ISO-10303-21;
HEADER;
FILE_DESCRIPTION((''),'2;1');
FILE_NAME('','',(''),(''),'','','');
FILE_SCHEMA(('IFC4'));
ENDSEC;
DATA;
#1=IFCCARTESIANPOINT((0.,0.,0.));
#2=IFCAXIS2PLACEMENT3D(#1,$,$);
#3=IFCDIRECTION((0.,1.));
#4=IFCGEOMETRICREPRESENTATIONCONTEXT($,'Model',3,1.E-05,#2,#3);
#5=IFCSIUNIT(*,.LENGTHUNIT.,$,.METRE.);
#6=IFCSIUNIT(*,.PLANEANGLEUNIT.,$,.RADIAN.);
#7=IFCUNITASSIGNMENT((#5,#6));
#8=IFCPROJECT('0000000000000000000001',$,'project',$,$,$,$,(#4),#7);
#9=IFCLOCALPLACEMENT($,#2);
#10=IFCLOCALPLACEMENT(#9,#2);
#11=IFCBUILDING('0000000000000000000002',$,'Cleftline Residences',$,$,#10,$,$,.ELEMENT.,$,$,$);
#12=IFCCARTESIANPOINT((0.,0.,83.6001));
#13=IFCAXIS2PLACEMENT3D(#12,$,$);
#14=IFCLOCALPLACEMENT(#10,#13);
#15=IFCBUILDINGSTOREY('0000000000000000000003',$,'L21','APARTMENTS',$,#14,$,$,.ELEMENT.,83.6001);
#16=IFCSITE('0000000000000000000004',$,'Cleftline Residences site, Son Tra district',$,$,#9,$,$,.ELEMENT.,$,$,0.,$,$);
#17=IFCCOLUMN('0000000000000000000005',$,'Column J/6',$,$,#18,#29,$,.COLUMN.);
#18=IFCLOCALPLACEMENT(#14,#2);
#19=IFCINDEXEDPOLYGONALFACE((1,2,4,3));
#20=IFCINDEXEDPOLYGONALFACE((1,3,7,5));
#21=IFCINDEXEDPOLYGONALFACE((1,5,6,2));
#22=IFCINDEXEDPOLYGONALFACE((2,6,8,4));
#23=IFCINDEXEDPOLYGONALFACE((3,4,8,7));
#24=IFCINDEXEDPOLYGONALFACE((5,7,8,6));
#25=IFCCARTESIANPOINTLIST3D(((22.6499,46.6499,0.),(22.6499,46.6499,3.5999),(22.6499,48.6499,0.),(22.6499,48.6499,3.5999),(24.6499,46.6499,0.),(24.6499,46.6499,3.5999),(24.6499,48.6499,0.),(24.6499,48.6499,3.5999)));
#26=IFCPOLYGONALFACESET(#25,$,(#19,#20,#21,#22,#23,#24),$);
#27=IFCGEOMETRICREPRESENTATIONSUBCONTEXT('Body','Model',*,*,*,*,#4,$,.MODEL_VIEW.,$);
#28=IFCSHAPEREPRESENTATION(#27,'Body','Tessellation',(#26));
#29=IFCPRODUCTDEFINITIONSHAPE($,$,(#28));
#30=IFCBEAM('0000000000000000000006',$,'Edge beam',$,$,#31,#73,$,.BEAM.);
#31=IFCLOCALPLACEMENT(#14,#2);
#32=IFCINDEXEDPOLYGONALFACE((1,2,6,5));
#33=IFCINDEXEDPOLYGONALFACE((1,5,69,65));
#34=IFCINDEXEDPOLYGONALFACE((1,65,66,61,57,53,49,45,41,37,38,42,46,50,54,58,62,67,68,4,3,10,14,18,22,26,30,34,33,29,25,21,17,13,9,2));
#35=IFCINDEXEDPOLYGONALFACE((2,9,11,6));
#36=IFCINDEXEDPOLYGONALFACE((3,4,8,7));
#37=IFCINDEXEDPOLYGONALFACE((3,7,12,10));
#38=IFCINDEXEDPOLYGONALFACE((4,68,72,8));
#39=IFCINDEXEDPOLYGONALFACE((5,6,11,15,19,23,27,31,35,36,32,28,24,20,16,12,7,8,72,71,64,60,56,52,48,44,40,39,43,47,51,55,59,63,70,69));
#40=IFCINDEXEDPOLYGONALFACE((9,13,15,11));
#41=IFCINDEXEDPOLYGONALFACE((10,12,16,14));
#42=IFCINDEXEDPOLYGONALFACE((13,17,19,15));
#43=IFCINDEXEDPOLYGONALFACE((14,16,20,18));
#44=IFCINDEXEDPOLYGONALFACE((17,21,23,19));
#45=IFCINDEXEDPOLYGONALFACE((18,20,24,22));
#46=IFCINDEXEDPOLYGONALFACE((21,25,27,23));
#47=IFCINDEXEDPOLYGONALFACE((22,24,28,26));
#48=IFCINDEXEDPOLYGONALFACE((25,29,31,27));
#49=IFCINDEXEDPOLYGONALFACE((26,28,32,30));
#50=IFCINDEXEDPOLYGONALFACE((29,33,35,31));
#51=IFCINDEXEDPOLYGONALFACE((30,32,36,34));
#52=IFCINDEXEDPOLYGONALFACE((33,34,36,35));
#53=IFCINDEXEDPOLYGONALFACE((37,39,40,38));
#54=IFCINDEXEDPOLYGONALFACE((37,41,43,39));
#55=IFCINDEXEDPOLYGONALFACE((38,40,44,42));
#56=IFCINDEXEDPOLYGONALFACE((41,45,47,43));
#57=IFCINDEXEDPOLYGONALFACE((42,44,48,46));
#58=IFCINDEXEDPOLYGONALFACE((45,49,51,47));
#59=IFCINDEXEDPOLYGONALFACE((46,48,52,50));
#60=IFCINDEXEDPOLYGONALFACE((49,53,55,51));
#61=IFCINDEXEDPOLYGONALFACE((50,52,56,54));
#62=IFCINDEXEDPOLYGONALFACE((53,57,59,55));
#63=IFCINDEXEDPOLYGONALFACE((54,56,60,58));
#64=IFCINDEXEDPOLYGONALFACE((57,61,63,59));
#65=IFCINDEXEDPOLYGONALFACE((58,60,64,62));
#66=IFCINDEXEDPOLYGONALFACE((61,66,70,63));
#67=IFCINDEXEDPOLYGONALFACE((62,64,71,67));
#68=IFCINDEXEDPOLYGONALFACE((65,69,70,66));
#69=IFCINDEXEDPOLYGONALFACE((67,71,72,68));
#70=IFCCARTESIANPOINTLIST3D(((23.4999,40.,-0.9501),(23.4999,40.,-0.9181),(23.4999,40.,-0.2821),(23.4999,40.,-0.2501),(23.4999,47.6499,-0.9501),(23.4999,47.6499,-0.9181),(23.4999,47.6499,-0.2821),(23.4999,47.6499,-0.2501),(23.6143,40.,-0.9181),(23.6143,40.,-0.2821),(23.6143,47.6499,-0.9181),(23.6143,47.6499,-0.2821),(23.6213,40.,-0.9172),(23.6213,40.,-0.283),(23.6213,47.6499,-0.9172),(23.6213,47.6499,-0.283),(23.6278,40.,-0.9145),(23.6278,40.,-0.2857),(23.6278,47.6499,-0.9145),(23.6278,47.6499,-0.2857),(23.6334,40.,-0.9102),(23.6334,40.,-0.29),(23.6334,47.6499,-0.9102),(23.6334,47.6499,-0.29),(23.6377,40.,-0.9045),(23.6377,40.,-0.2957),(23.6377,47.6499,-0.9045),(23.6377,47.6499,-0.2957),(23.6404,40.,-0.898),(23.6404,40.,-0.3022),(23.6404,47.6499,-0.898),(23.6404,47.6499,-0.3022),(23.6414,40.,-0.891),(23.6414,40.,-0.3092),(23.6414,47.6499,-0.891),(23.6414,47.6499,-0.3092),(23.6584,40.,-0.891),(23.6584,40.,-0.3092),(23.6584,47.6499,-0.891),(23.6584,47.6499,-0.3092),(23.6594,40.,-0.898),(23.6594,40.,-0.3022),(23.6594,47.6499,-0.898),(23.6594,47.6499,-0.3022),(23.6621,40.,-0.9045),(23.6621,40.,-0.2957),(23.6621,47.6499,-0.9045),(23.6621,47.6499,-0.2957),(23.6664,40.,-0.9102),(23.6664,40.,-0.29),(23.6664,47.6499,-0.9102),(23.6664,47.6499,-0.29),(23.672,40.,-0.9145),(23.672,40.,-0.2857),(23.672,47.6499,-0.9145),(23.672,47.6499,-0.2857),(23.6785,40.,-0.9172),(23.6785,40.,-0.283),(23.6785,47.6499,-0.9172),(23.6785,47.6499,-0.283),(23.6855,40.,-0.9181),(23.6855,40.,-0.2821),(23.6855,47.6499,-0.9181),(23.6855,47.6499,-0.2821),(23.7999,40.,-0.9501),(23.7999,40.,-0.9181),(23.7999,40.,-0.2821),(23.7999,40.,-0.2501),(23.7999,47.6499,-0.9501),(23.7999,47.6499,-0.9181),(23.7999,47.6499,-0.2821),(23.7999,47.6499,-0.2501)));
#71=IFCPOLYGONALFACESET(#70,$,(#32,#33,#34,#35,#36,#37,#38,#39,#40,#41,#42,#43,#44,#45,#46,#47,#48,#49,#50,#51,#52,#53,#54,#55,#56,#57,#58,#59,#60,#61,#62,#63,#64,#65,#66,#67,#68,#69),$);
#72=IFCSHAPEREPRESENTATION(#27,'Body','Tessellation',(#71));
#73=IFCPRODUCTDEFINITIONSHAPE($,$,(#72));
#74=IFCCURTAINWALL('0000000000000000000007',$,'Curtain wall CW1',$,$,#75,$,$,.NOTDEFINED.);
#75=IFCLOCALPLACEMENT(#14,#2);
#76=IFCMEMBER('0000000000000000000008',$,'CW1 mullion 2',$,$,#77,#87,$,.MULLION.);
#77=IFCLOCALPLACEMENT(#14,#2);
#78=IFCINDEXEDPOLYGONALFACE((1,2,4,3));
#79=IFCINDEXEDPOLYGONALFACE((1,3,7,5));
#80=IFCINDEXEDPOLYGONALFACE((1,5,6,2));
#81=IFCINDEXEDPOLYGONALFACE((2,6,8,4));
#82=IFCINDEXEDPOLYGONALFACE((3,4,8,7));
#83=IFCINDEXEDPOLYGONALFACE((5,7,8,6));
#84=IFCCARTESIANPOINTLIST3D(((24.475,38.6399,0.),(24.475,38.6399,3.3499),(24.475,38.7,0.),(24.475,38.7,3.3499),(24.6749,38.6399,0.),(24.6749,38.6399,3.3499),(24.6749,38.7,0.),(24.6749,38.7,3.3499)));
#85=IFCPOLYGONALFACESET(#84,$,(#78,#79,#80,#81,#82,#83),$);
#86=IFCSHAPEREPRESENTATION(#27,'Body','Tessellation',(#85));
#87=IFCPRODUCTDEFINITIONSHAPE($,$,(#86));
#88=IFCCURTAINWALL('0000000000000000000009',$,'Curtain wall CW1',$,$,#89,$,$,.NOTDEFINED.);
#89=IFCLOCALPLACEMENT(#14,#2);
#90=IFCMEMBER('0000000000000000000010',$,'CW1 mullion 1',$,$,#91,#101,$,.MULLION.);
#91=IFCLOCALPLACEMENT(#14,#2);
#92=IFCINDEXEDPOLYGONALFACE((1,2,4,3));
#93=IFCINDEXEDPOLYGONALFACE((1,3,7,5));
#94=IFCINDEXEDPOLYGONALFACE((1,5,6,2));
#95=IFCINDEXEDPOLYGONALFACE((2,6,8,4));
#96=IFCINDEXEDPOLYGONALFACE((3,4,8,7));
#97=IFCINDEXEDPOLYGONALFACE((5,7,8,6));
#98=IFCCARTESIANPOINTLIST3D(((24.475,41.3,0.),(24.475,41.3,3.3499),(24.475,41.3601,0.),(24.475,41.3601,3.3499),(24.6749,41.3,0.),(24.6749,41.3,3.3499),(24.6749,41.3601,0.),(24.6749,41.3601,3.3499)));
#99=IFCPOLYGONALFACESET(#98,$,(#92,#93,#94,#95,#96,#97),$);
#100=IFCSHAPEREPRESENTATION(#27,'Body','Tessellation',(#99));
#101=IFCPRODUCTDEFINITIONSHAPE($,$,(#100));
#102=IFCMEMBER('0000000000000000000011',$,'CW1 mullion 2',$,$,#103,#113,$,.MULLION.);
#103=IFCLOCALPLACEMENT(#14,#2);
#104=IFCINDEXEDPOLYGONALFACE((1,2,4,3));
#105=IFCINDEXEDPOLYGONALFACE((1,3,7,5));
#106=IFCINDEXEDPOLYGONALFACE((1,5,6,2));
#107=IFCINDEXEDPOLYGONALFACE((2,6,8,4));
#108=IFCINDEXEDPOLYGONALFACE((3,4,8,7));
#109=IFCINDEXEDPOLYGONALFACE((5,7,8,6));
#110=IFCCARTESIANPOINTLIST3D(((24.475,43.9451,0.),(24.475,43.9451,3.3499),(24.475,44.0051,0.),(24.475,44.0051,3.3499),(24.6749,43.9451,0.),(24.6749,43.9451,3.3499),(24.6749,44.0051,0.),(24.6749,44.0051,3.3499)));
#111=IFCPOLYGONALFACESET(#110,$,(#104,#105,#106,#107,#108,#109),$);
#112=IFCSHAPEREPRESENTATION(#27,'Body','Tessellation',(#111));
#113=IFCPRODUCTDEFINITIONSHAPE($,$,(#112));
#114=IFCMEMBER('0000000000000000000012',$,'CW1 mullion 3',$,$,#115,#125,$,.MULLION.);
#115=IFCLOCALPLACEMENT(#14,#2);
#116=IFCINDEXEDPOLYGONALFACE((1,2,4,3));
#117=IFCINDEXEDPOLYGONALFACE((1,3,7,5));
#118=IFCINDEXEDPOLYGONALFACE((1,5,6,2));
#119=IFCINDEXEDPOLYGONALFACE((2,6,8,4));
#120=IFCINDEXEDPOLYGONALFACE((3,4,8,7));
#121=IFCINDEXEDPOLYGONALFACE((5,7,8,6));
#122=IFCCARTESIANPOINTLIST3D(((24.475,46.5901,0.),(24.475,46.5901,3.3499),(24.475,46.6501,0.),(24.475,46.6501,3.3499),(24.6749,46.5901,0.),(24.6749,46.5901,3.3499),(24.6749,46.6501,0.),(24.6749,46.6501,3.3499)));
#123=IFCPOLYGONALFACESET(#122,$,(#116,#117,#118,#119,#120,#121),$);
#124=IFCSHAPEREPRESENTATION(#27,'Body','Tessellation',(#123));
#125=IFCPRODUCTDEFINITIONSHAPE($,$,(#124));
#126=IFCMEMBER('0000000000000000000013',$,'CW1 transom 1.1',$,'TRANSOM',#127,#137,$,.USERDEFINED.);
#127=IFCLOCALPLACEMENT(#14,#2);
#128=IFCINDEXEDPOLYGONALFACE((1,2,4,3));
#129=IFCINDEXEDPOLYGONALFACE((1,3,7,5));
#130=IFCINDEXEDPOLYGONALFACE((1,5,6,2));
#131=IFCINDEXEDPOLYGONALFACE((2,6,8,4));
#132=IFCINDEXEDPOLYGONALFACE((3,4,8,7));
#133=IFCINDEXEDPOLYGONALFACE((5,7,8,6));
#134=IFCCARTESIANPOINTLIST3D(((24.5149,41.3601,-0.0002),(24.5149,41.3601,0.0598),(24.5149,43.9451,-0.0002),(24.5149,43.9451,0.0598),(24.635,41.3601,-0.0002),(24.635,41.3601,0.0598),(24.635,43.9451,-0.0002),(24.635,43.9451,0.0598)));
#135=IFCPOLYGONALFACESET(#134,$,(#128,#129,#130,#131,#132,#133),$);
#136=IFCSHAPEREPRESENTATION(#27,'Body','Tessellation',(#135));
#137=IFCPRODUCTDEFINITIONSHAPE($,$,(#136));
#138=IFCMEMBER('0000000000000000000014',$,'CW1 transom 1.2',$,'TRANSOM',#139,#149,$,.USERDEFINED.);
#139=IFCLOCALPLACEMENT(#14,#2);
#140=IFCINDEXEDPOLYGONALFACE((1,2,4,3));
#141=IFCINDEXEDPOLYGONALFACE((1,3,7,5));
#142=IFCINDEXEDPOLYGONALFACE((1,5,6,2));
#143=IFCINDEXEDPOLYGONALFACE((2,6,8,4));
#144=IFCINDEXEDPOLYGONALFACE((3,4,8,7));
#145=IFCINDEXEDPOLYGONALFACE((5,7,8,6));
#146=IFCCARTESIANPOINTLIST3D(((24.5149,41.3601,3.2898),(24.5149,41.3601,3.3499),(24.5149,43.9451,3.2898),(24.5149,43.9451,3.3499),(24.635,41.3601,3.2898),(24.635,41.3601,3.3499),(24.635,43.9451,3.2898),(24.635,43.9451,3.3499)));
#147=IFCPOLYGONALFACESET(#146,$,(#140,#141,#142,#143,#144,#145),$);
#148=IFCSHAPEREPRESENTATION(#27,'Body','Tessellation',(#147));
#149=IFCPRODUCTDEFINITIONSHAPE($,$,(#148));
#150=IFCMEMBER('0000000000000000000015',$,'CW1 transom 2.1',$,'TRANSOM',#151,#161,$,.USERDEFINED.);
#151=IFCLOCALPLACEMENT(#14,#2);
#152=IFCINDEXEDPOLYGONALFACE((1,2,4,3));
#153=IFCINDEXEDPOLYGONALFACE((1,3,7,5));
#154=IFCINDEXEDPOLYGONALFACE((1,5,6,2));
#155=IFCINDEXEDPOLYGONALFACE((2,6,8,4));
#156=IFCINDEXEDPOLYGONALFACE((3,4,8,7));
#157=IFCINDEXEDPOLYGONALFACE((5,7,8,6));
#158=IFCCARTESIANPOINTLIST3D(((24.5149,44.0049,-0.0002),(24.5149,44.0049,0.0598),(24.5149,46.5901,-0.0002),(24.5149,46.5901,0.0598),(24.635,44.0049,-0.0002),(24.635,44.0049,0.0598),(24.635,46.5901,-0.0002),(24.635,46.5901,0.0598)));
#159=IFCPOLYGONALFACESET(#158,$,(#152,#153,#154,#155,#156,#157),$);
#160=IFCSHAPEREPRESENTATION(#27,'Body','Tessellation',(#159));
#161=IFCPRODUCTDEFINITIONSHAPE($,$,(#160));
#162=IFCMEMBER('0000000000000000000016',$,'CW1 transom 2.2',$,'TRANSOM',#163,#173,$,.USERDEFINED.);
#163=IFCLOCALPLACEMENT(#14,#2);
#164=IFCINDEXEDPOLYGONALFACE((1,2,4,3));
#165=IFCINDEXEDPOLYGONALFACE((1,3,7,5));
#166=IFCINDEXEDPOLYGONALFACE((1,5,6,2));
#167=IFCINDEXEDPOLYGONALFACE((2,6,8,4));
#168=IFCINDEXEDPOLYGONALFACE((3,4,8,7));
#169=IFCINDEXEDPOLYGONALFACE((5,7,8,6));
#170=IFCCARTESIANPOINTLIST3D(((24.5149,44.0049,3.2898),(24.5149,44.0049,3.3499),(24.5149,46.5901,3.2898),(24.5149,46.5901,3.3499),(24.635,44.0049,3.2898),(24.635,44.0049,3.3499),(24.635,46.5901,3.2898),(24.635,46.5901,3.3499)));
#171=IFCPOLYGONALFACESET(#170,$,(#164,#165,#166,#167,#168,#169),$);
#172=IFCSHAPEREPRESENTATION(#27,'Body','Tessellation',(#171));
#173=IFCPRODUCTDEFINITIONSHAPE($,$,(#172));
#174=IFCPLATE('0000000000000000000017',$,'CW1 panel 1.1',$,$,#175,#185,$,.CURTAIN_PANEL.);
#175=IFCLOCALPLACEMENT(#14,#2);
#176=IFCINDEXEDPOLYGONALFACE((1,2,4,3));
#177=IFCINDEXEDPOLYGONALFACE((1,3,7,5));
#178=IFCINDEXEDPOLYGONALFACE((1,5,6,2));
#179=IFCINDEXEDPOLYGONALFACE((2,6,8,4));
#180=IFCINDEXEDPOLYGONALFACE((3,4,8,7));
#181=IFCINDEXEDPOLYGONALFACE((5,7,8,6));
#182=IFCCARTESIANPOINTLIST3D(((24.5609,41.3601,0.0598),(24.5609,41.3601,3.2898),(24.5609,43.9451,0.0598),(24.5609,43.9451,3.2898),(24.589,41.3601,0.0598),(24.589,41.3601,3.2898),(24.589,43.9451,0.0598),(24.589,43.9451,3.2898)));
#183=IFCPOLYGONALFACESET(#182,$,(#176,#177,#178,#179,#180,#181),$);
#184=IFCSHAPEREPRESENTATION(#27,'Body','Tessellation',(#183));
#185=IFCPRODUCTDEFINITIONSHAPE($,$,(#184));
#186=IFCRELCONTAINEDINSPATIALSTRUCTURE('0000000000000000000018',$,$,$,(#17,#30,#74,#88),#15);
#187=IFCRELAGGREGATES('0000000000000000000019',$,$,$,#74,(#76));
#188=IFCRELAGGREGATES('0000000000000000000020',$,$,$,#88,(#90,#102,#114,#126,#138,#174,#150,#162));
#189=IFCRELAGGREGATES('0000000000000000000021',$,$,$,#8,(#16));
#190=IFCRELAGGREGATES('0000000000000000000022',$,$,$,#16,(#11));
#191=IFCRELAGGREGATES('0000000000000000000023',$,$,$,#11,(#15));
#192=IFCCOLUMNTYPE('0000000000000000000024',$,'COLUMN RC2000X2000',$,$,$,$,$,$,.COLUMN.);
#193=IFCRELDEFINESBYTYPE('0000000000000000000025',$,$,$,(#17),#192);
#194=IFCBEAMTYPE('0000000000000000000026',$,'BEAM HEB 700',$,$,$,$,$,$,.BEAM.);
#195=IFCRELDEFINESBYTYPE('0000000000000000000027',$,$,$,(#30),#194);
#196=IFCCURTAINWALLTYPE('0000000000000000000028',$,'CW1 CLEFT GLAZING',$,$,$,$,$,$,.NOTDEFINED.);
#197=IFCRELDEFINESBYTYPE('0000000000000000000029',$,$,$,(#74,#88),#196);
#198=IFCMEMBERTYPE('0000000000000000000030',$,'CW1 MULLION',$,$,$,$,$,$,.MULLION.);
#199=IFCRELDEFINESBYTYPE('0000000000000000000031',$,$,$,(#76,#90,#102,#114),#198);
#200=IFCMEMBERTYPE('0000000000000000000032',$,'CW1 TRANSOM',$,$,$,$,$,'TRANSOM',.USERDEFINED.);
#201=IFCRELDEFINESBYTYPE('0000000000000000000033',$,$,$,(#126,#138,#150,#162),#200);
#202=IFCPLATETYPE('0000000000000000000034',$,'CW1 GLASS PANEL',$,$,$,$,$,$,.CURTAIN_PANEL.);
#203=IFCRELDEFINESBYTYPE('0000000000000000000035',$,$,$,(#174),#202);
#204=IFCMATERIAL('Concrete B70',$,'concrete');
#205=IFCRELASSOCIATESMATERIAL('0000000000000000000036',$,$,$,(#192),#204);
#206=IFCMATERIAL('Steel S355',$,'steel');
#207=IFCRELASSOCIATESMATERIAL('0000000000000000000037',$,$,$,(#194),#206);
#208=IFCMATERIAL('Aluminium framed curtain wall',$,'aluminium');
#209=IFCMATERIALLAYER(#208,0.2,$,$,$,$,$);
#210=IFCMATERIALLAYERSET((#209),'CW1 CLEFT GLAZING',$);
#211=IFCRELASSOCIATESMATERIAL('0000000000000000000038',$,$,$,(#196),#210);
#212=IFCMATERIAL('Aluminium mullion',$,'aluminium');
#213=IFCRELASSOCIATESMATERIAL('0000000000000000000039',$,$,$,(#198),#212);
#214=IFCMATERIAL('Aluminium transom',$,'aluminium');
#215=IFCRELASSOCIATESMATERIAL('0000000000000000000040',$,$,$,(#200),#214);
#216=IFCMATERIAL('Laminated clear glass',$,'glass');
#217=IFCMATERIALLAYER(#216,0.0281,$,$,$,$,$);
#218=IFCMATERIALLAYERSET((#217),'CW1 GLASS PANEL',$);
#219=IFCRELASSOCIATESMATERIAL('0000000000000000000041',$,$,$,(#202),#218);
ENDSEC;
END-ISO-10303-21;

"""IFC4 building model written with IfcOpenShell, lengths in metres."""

from ifc_helpers import new_model, si_unit, direction, frame, origin, origin_2d, place, context, subcontext, project, spatial, rectangle, i_section, extrude, material, layer, layer_set, material_profile, profile_set, type_object, element, aggregate, save


model = new_model("IFC4")

# Units and contexts
model_context = context("Model", 3, precision=1e-05, world=origin(), true_north=direction((0.0, 1.0)))
body_context = subcontext(model_context, "Body", "Model", "MODEL_VIEW")
ifc_project = project(units=[si_unit("LENGTHUNIT", "METRE"), si_unit("PLANEANGLEUNIT", "RADIAN")], contexts=[model_context])

# Site, building, storey
site_placement = place(None, origin())
site = spatial("IfcSite", under=ifc_project, at=site_placement, Name="Cleftline Residences site, Son Tra district", CompositionType="ELEMENT", RefElevation=0.0)
building_placement = place(site_placement, origin())
building = spatial("IfcBuilding", under=site, at=building_placement, Name="Cleftline Residences", CompositionType="ELEMENT")
storey_placement = place(building_placement, frame((0.0, 0.0, 83.6001)))
storey = spatial("IfcBuildingStorey", under=building, at=storey_placement, Name="L21", Description="APARTMENTS", CompositionType="ELEMENT", Elevation=83.6001)

# Column
ifc_material_1 = material(Name="Concrete B70", Category="concrete")
ifc_material_profile_1 = material_profile(ifc_material_1, rectangle(XDim=2.0, YDim=2.0, at=origin_2d()))
ifc_profile_set_1 = profile_set([ifc_material_profile_1], Name="Concrete B70")
column_type = type_object("IfcColumnType", Name="COLUMN RC2000X2000", PredefinedType="COLUMN", material=ifc_profile_set_1)
column_placement = place(storey_placement, frame((23.6499, 47.6499, 0.0), z_axis=(0.0, 0.0, 1.0), x_axis=(1.0, 0.0, 0.0)))
element("IfcColumn", 1, at=column_placement, inside=storey, type_object=column_type, Name="Column J/6", PredefinedType="COLUMN", context=body_context, shape_type="SweptSolid", body=[
    extrude(rectangle(XDim=2.0, YDim=2.0, at=origin_2d()), origin(), (0.0, 0.0, 1.0), 3.5999),
])

# Beam
ifc_material_2 = material(Name="Steel S355", Category="steel")
ifc_material_profile_2 = material_profile(ifc_material_2, i_section(OverallWidth=0.3, OverallDepth=0.7, WebThickness=0.0171, FlangeThickness=0.032, FilletRadius=0.0271, at=origin_2d()))
ifc_profile_set_2 = profile_set([ifc_material_profile_2], Name="Steel S355")
beam_type = type_object("IfcBeamType", Name="BEAM HEB 700", PredefinedType="BEAM", material=ifc_profile_set_2)
beam_placement = place(storey_placement, frame((23.6499, 47.6499, -0.6001), z_axis=(0.0, -1.0, 0.0), x_axis=(1.0, 0.0, 0.0)))
element("IfcBeam", 2, at=beam_placement, inside=storey, type_object=beam_type, Name="Edge beam", PredefinedType="BEAM", context=body_context, shape_type="SweptSolid", body=[
    extrude(i_section(OverallWidth=0.3, OverallDepth=0.7, WebThickness=0.0171, FlangeThickness=0.032, FilletRadius=0.0271, at=origin_2d()), origin(), (0.0, 0.0, 1.0), 7.6499),
])

# Curtain wall, member
ifc_material_3 = material(Name="Aluminium framed curtain wall", Category="aluminium")
ifc_layer_1 = layer(ifc_material_3, 0.2)
ifc_layer_set_1 = layer_set([ifc_layer_1], Name="CW1 CLEFT GLAZING")
curtain_wall_type = type_object("IfcCurtainWallType", Name="CW1 CLEFT GLAZING", PredefinedType="NOTDEFINED", material=ifc_layer_set_1)
curtain_wall_1_placement = place(storey_placement, origin())
curtain_wall_1 = element("IfcCurtainWall", 3, at=curtain_wall_1_placement, inside=storey, type_object=curtain_wall_type, Name="Curtain wall CW1", PredefinedType="NOTDEFINED")
ifc_material_4 = material(Name="Aluminium mullion", Category="aluminium")
ifc_material_profile_3 = material_profile(ifc_material_4, rectangle(XDim=0.2, YDim=0.0601, at=origin_2d()))
ifc_profile_set_3 = profile_set([ifc_material_profile_3], Name="Aluminium mullion")
member_type_1 = type_object("IfcMemberType", Name="CW1 MULLION", PredefinedType="MULLION", material=ifc_profile_set_3)
member_1_placement = place(storey_placement, frame((24.575, 38.6699, 0.0), z_axis=(0.0, 0.0, 1.0), x_axis=(-1.0, 0.0, 0.0)))
member_1 = element("IfcMember", 4, at=member_1_placement, type_object=member_type_1, Name="CW1 mullion 2", PredefinedType="MULLION", context=body_context, shape_type="SweptSolid", body=[
    extrude(rectangle(XDim=0.2, YDim=0.0601, at=origin_2d()), origin(), (0.0, 0.0, 1.0), 3.3499),
])
aggregate(curtain_wall_1, [member_1])

# Curtain wall, members, plate
curtain_wall_2_placement = place(storey_placement, origin())
curtain_wall_2 = element("IfcCurtainWall", 5, at=curtain_wall_2_placement, inside=storey, type_object=curtain_wall_type, Name="Curtain wall CW1", PredefinedType="NOTDEFINED")
member_2_placement = place(storey_placement, frame((24.575, 41.3301, 0.0), z_axis=(0.0, 0.0, 1.0), x_axis=(-1.0, 0.0, 0.0)))
member_2 = element("IfcMember", 6, at=member_2_placement, type_object=member_type_1, Name="CW1 mullion 1", PredefinedType="MULLION", context=body_context, shape_type="SweptSolid", body=[
    extrude(rectangle(XDim=0.2, YDim=0.0601, at=origin_2d()), origin(), (0.0, 0.0, 1.0), 3.3499),
])
member_3_placement = place(storey_placement, frame((24.575, 43.9751, 0.0), z_axis=(0.0, 0.0, 1.0), x_axis=(-1.0, 0.0, 0.0)))
member_3 = element("IfcMember", 7, at=member_3_placement, type_object=member_type_1, Name="CW1 mullion 2", PredefinedType="MULLION", context=body_context, shape_type="SweptSolid", body=[
    extrude(rectangle(XDim=0.2, YDim=0.0601, at=origin_2d()), origin(), (0.0, 0.0, 1.0), 3.3499),
])
member_4_placement = place(storey_placement, frame((24.575, 46.6201, 0.0), z_axis=(0.0, 0.0, 1.0), x_axis=(-1.0, 0.0, 0.0)))
member_4 = element("IfcMember", 8, at=member_4_placement, type_object=member_type_1, Name="CW1 mullion 3", PredefinedType="MULLION", context=body_context, shape_type="SweptSolid", body=[
    extrude(rectangle(XDim=0.2, YDim=0.0601, at=origin_2d()), origin(), (0.0, 0.0, 1.0), 3.3499),
])
ifc_material_5 = material(Name="Aluminium transom", Category="aluminium")
ifc_material_profile_4 = material_profile(ifc_material_5, rectangle(XDim=0.1201, YDim=0.0601, at=origin_2d()))
ifc_profile_set_4 = profile_set([ifc_material_profile_4], Name="Aluminium transom")
member_type_2 = type_object("IfcMemberType", Name="CW1 TRANSOM", ElementType="TRANSOM", PredefinedType="USERDEFINED", material=ifc_profile_set_4)
member_5_placement = place(storey_placement, frame((24.575, 41.3601, 0.0298), z_axis=(0.0, 1.0, 0.0), x_axis=(-1.0, 0.0, 0.0)))
member_5 = element("IfcMember", 9, at=member_5_placement, type_object=member_type_2, Name="CW1 transom 1.1", ObjectType="TRANSOM", PredefinedType="USERDEFINED", context=body_context, shape_type="SweptSolid", body=[
    extrude(rectangle(XDim=0.1201, YDim=0.0601, at=origin_2d()), origin(), (0.0, 0.0, 1.0), 2.585),
])
member_6_placement = place(storey_placement, frame((24.575, 41.3601, 3.3198), z_axis=(0.0, 1.0, 0.0), x_axis=(-1.0, 0.0, 0.0)))
member_6 = element("IfcMember", 10, at=member_6_placement, type_object=member_type_2, Name="CW1 transom 1.2", ObjectType="TRANSOM", PredefinedType="USERDEFINED", context=body_context, shape_type="SweptSolid", body=[
    extrude(rectangle(XDim=0.1201, YDim=0.0601, at=origin_2d()), origin(), (0.0, 0.0, 1.0), 2.585),
])
member_7_placement = place(storey_placement, frame((24.575, 44.0049, 0.0298), z_axis=(0.0, 1.0, 0.0), x_axis=(-1.0, 0.0, 0.0)))
member_7 = element("IfcMember", 11, at=member_7_placement, type_object=member_type_2, Name="CW1 transom 2.1", ObjectType="TRANSOM", PredefinedType="USERDEFINED", context=body_context, shape_type="SweptSolid", body=[
    extrude(rectangle(XDim=0.1201, YDim=0.0601, at=origin_2d()), origin(), (0.0, 0.0, 1.0), 2.5852),
])
member_8_placement = place(storey_placement, frame((24.575, 44.0049, 3.3198), z_axis=(0.0, 1.0, 0.0), x_axis=(-1.0, 0.0, 0.0)))
member_8 = element("IfcMember", 12, at=member_8_placement, type_object=member_type_2, Name="CW1 transom 2.2", ObjectType="TRANSOM", PredefinedType="USERDEFINED", context=body_context, shape_type="SweptSolid", body=[
    extrude(rectangle(XDim=0.1201, YDim=0.0601, at=origin_2d()), origin(), (0.0, 0.0, 1.0), 2.5852),
])
ifc_material_6 = material(Name="Laminated clear glass", Category="glass")
ifc_layer_2 = layer(ifc_material_6, 0.0281)
ifc_layer_set_2 = layer_set([ifc_layer_2], Name="CW1 GLASS PANEL")
plate_type = type_object("IfcPlateType", Name="CW1 GLASS PANEL", PredefinedType="CURTAIN_PANEL", material=ifc_layer_set_2)
plate_1_placement = place(storey_placement, frame((24.575, 42.6526, 0.0598), z_axis=(0.0, 0.0, 1.0), x_axis=(0.0, 1.0, 0.0)))
plate_1 = element("IfcPlate", 13, at=plate_1_placement, type_object=plate_type, Name="CW1 panel 1.1", PredefinedType="CURTAIN_PANEL", context=body_context, shape_type="SweptSolid", body=[
    extrude(rectangle(XDim=2.585, YDim=0.0281, at=origin_2d()), origin(), (0.0, 0.0, 1.0), 3.23),
])
aggregate(curtain_wall_2, [member_2, member_3, member_4, member_5, member_6, plate_1, member_7, member_8])

save(model, "model.ifc")
